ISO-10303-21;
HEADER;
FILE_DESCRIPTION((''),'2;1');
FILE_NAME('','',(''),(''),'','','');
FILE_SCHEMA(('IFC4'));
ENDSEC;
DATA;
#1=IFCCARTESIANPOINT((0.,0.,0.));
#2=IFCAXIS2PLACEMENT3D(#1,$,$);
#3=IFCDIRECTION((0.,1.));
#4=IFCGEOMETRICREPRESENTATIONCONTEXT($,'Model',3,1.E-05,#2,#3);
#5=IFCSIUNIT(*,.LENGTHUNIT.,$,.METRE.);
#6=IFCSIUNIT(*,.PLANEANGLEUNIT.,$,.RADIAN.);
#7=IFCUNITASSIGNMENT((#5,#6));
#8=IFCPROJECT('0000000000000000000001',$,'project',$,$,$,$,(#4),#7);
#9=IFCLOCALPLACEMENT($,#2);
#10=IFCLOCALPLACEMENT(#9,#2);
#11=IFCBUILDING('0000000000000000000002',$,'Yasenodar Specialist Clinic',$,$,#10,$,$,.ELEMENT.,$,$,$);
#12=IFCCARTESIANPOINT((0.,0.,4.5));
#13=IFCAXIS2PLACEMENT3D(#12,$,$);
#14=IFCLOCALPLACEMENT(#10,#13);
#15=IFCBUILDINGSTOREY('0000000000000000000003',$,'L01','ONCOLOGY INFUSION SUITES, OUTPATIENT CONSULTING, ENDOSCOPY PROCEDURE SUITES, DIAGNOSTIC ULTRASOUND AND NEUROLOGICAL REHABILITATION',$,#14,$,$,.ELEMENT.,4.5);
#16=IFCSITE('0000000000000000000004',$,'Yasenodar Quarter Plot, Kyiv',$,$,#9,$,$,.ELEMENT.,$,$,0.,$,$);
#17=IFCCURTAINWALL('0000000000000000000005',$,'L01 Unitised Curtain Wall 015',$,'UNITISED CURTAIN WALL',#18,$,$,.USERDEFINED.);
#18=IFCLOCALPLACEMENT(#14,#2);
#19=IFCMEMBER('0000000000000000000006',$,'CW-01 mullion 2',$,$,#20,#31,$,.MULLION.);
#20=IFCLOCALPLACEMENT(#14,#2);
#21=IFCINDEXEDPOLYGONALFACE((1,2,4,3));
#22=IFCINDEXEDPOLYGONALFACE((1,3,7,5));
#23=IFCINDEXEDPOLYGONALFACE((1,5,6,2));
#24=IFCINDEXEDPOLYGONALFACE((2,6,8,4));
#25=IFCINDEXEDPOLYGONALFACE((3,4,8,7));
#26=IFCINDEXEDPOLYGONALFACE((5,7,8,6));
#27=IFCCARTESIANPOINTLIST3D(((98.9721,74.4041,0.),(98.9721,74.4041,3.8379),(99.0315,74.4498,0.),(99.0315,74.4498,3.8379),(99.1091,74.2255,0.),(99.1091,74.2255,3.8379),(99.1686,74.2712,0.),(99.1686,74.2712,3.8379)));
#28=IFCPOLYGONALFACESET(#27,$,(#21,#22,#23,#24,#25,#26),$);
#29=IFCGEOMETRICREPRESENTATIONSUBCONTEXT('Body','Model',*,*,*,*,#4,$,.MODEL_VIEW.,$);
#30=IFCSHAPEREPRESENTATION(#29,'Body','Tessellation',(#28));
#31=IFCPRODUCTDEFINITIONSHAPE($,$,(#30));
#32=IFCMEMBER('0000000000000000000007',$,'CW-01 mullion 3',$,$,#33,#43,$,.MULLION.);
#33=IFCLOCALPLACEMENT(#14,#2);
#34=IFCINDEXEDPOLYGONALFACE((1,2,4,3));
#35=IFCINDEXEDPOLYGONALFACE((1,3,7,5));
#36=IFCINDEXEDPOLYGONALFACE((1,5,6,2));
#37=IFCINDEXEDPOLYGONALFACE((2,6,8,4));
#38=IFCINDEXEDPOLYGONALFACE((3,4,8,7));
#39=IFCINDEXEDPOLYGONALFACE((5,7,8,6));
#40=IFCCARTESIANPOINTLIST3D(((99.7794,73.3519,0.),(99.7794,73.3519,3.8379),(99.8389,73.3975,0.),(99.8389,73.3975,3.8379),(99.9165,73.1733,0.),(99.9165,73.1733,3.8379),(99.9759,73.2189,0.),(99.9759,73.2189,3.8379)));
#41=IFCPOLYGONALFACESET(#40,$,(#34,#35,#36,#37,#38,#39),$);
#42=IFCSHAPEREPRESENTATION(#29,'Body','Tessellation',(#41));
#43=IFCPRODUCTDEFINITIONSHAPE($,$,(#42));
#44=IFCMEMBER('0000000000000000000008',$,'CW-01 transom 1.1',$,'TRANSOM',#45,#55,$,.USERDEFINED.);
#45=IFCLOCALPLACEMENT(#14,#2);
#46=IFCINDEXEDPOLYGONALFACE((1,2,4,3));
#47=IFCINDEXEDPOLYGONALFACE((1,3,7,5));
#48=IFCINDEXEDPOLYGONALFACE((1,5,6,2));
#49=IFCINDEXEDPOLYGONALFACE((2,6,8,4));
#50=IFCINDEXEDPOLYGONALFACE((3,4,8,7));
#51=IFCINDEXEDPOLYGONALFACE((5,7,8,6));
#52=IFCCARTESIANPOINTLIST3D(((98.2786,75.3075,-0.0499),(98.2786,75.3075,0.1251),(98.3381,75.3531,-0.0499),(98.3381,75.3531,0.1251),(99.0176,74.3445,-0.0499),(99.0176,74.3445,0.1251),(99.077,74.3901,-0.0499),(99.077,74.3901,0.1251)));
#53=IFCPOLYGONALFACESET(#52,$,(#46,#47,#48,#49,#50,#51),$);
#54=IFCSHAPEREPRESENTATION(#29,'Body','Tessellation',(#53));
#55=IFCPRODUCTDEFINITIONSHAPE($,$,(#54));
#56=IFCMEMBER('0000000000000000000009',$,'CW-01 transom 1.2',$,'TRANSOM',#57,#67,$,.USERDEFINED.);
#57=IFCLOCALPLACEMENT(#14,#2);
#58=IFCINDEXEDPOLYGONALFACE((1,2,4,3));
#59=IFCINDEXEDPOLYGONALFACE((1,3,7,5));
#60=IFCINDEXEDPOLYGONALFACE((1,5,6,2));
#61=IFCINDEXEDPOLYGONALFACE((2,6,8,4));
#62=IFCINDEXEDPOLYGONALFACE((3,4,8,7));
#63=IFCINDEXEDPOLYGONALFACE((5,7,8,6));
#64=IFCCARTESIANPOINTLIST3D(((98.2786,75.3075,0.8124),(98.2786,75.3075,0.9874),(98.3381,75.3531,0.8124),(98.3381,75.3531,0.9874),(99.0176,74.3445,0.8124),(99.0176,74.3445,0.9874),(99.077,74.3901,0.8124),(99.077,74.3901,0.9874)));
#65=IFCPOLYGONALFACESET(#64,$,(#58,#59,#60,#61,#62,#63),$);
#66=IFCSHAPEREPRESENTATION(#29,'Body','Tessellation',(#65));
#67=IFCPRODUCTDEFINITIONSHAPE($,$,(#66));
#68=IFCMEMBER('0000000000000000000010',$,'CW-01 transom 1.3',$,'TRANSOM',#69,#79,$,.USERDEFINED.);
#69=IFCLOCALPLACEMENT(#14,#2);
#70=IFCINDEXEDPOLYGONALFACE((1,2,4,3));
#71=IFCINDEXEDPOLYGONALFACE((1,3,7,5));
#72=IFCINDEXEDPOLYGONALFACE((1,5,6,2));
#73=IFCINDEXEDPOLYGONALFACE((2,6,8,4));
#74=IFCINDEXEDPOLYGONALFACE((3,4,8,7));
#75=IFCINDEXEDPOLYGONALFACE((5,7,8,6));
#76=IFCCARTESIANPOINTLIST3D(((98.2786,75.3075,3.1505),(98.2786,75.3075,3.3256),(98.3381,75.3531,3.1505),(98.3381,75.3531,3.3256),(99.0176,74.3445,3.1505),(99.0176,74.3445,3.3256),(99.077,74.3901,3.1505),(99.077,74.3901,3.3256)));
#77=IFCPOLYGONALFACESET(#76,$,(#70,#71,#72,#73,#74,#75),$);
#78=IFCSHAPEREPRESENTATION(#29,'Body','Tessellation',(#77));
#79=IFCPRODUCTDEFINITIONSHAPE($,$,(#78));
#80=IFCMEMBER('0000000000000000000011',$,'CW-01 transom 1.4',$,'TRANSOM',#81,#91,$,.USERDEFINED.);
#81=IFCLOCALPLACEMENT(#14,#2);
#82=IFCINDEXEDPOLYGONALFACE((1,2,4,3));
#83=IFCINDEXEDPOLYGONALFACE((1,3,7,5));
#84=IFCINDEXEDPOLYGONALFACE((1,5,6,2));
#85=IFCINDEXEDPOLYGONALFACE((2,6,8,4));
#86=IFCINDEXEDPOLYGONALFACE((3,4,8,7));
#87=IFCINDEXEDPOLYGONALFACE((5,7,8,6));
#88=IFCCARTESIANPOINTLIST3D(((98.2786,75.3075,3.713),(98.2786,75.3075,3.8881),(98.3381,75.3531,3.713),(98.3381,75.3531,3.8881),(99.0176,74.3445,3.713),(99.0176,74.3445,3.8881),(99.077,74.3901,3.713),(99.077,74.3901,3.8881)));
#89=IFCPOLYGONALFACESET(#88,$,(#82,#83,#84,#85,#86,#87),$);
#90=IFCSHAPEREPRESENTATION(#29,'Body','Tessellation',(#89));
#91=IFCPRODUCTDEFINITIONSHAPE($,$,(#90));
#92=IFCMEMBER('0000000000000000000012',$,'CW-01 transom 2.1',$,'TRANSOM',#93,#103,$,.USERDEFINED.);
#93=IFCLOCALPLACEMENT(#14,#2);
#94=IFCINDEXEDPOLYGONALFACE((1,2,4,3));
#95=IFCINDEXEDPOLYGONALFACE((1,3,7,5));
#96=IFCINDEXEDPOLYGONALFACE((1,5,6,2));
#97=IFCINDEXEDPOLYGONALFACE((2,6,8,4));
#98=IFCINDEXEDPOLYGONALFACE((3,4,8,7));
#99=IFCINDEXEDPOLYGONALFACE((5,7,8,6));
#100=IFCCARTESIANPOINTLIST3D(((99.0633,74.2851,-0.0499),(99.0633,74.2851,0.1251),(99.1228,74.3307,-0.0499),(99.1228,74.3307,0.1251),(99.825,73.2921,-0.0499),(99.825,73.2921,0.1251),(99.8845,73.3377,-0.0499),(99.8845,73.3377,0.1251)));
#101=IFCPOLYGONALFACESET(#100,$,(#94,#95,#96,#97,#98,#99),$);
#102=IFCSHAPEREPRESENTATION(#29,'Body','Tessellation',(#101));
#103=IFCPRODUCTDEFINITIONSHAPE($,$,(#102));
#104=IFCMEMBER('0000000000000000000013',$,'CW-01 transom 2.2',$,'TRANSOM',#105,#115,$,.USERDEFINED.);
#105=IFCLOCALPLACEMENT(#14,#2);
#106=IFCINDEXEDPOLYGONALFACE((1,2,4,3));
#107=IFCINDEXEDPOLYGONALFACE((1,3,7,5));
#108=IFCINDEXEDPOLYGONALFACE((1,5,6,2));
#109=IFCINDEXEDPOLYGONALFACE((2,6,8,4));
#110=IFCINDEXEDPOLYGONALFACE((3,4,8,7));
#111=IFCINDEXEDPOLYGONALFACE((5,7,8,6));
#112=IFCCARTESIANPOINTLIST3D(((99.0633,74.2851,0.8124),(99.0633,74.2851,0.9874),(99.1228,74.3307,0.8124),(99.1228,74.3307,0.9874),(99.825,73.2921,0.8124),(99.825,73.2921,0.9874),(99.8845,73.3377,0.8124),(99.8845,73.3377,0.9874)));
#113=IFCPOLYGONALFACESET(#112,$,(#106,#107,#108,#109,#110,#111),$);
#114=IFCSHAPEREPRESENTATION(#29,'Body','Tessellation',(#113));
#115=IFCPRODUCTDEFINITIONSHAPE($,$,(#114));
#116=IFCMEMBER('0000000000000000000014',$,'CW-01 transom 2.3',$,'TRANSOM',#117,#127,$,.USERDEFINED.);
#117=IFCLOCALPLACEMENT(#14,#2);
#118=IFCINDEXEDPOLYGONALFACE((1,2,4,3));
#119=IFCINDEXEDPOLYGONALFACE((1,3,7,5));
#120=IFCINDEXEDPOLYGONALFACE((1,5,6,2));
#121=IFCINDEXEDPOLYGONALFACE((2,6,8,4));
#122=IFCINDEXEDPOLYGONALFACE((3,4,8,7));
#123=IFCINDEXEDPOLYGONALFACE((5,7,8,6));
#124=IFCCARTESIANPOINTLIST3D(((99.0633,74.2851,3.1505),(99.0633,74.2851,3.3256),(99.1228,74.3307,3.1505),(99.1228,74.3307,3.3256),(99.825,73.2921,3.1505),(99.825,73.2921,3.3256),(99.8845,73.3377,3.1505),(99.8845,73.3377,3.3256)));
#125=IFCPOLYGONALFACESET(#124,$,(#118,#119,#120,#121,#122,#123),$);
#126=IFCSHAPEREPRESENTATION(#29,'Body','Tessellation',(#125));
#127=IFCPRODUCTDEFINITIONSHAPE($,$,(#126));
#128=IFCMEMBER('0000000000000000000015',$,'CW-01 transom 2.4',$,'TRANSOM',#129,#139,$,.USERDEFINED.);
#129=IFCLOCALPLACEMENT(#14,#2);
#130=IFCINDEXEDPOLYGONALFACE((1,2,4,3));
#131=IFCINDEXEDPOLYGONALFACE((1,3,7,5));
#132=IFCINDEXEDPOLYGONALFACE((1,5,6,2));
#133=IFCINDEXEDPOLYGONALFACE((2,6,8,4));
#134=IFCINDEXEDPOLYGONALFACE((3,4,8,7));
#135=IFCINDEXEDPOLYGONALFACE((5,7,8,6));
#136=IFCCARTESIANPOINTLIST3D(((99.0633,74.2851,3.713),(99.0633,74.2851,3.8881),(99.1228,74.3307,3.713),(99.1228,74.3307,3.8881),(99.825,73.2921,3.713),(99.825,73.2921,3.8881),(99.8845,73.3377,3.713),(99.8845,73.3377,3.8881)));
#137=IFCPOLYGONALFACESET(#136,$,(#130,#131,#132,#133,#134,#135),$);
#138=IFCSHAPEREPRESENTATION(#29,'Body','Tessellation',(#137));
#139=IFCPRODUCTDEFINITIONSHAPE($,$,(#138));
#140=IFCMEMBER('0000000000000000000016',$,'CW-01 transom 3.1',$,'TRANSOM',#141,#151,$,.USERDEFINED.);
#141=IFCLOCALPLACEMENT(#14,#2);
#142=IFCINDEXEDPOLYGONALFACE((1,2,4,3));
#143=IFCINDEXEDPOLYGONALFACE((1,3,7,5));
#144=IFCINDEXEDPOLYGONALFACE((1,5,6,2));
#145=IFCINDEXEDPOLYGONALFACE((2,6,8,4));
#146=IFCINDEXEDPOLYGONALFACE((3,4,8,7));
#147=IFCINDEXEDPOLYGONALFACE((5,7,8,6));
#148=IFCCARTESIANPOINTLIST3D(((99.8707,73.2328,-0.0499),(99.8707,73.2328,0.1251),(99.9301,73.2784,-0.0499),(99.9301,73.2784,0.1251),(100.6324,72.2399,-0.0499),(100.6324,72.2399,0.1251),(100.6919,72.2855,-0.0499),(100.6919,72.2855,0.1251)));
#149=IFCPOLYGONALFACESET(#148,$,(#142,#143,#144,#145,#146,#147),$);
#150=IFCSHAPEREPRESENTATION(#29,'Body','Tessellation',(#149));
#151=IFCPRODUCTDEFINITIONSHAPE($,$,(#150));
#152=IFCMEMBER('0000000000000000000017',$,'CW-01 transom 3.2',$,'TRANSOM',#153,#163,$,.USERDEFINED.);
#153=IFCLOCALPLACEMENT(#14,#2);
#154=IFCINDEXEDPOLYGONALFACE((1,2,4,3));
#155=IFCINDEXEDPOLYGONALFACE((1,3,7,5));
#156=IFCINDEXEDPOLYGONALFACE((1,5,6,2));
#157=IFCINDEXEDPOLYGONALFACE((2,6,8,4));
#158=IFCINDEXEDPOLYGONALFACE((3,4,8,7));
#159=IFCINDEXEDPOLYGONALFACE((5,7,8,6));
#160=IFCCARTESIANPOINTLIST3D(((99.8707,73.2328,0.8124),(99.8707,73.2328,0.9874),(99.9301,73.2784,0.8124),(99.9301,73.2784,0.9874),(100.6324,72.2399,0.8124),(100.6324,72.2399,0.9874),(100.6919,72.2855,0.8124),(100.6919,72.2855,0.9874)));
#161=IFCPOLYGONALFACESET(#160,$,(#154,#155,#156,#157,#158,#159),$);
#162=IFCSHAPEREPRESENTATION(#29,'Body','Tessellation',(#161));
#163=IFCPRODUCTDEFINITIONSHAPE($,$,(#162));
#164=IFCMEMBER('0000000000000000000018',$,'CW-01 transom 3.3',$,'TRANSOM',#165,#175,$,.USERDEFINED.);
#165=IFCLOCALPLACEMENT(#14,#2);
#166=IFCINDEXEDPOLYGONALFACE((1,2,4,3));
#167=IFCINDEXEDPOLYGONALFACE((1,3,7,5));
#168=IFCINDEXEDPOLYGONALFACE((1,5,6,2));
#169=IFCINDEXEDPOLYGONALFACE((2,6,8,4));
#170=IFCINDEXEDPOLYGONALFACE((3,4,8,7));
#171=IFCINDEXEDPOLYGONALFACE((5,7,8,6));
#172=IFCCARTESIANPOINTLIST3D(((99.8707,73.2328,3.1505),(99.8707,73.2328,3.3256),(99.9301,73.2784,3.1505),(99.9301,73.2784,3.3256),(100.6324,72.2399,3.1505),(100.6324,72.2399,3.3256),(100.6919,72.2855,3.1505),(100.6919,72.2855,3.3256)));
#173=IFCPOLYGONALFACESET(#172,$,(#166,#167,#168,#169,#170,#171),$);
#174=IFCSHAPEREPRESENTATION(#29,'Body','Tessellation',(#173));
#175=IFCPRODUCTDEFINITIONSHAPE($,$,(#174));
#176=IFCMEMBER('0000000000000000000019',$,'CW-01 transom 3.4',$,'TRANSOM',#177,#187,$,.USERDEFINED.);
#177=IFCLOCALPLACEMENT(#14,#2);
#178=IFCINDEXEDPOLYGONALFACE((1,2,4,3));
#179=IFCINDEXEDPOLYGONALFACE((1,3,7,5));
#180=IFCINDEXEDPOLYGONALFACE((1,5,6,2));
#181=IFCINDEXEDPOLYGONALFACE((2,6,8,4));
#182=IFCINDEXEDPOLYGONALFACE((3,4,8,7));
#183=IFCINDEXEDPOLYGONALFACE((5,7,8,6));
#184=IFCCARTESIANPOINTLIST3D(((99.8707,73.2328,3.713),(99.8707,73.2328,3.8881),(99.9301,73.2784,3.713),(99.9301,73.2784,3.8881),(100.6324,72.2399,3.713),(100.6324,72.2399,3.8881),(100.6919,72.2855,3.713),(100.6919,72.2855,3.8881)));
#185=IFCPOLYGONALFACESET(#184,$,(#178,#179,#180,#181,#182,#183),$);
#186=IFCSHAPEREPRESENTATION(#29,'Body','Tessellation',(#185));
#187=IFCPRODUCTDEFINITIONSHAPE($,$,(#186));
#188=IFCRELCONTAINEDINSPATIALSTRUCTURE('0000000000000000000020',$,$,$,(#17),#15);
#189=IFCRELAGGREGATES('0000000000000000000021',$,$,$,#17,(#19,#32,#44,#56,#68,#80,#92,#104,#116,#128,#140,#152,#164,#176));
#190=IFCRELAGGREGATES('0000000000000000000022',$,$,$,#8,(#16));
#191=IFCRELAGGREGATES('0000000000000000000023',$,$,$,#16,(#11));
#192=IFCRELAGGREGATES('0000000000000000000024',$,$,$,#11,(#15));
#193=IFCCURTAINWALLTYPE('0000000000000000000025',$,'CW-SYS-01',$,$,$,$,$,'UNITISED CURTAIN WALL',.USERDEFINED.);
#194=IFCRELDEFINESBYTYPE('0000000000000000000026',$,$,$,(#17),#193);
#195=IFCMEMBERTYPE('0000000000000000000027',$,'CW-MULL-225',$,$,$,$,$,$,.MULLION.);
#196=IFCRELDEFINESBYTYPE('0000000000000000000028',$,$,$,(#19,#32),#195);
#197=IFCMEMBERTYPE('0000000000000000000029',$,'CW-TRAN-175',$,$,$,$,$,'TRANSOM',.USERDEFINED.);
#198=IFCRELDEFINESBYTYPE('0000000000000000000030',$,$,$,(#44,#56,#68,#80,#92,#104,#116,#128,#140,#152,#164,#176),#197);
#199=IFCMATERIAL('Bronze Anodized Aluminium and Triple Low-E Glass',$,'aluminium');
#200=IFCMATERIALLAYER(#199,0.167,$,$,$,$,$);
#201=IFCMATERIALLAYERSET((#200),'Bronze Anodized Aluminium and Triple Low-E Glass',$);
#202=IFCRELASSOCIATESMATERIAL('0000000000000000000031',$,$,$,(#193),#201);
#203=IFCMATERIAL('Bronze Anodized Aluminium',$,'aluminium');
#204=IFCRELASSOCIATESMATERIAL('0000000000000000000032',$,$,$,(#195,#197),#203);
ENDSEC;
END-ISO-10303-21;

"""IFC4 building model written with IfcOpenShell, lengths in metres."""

from ifc_helpers import new_model, si_unit, direction, frame, origin, origin_2d, place, context, subcontext, project, spatial, rectangle, extrude, material, layer, layer_set, material_profile, profile_set, type_object, element, aggregate, save


model = new_model("IFC4")

# Units and contexts
model_context = context("Model", 3, precision=1e-05, world=origin(), true_north=direction((0.0, 1.0)))
body_context = subcontext(model_context, "Body", "Model", "MODEL_VIEW")
ifc_project = project(units=[si_unit("LENGTHUNIT", "METRE"), si_unit("PLANEANGLEUNIT", "RADIAN")], contexts=[model_context])

# Site, building, storey
site_placement = place(None, origin())
site = spatial("IfcSite", under=ifc_project, at=site_placement, Name="Yasenodar Quarter Plot, Kyiv", CompositionType="ELEMENT", RefElevation=0.0)
building_placement = place(site_placement, origin())
building = spatial("IfcBuilding", under=site, at=building_placement, Name="Yasenodar Specialist Clinic", CompositionType="ELEMENT")
storey_placement = place(building_placement, frame((0.0, 0.0, 4.5)))
storey = spatial("IfcBuildingStorey", under=building, at=storey_placement, Name="L01", Description="ONCOLOGY INFUSION SUITES, OUTPATIENT CONSULTING, ENDOSCOPY PROCEDURE SUITES, DIAGNOSTIC ULTRASOUND AND NEUROLOGICAL REHABILITATION", CompositionType="ELEMENT", Elevation=4.5)

# Curtain wall, members
ifc_material_1 = material(Name="Bronze Anodized Aluminium and Triple Low-E Glass", Category="aluminium")
ifc_layer_1 = layer(ifc_material_1, 0.167)
ifc_layer_set_1 = layer_set([ifc_layer_1], Name="Bronze Anodized Aluminium and Triple Low-E Glass")
curtain_wall_type = type_object("IfcCurtainWallType", Name="CW-SYS-01", ElementType="UNITISED CURTAIN WALL", PredefinedType="USERDEFINED", material=ifc_layer_set_1)
curtain_wall_placement = place(storey_placement, origin())
curtain_wall = element("IfcCurtainWall", 1, at=curtain_wall_placement, inside=storey, type_object=curtain_wall_type, Name="L01 Unitised Curtain Wall 015", ObjectType="UNITISED CURTAIN WALL", PredefinedType="USERDEFINED")
ifc_material_2 = material(Name="Bronze Anodized Aluminium", Category="aluminium")
ifc_material_profile_1 = material_profile(ifc_material_2, rectangle(XDim=0.075, YDim=0.2251, at=origin_2d()), Name="CW-MULL 75x225")
ifc_profile_set_1 = profile_set([ifc_material_profile_1], Name="Bronze Anodized Aluminium")
member_type_1 = type_object("IfcMemberType", Name="CW-MULL-225", PredefinedType="MULLION", material=ifc_profile_set_1)
member_1_placement = place(storey_placement, frame((99.0703, 74.3376, 0.0), z_axis=(0.0, 0.0, 1.0), x_axis=(0.793361, 0.608752, 0.0)))
member_1 = element("IfcMember", 2, at=member_1_placement, type_object=member_type_1, Name="CW-01 mullion 2", PredefinedType="MULLION", context=body_context, shape_type="SweptSolid", body=[
    extrude(rectangle(XDim=0.075, YDim=0.2251, at=origin_2d()), origin(), (0.0, 0.0, 1.0), 3.8379),
])
member_2_placement = place(storey_placement, frame((99.8777, 73.2854, 0.0), z_axis=(0.0, 0.0, 1.0), x_axis=(0.793361, 0.608752, 0.0)))
member_2 = element("IfcMember", 3, at=member_2_placement, type_object=member_type_1, Name="CW-01 mullion 3", PredefinedType="MULLION", context=body_context, shape_type="SweptSolid", body=[
    extrude(rectangle(XDim=0.075, YDim=0.2251, at=origin_2d()), origin(), (0.0, 0.0, 1.0), 3.8379),
])
ifc_material_profile_2 = material_profile(ifc_material_2, rectangle(XDim=0.075, YDim=0.175, at=origin_2d()), Name="CW-TRAN 75x175")
ifc_profile_set_2 = profile_set([ifc_material_profile_2], Name="Bronze Anodized Aluminium")
member_type_2 = type_object("IfcMemberType", Name="CW-TRAN-175", ElementType="TRANSOM", PredefinedType="USERDEFINED", material=ifc_profile_set_2)
member_3_placement = place(storey_placement, frame((98.3083, 75.3303, 0.0376), z_axis=(0.608748, -0.793364, 0.0), x_axis=(0.793364, 0.608748, 0.0)))
member_3 = element("IfcMember", 4, at=member_3_placement, type_object=member_type_2, Name="CW-01 transom 1.1", ObjectType="TRANSOM", PredefinedType="USERDEFINED", context=body_context, shape_type="SweptSolid", body=[
    extrude(rectangle(XDim=0.075, YDim=0.175, at=origin_2d()), origin(), (0.0, 0.0, 1.0), 1.2139),
])
member_4_placement = place(storey_placement, frame((98.3083, 75.3303, 0.8999), z_axis=(0.608748, -0.793364, 0.0), x_axis=(0.793364, 0.608748, 0.0)))
member_4 = element("IfcMember", 5, at=member_4_placement, type_object=member_type_2, Name="CW-01 transom 1.2", ObjectType="TRANSOM", PredefinedType="USERDEFINED", context=body_context, shape_type="SweptSolid", body=[
    extrude(rectangle(XDim=0.075, YDim=0.175, at=origin_2d()), origin(), (0.0, 0.0, 1.0), 1.2139),
])
member_5_placement = place(storey_placement, frame((98.3083, 75.3303, 3.238), z_axis=(0.608748, -0.793364, 0.0), x_axis=(0.793364, 0.608748, 0.0)))
member_5 = element("IfcMember", 6, at=member_5_placement, type_object=member_type_2, Name="CW-01 transom 1.3", ObjectType="TRANSOM", PredefinedType="USERDEFINED", context=body_context, shape_type="SweptSolid", body=[
    extrude(rectangle(XDim=0.075, YDim=0.175, at=origin_2d()), origin(), (0.0, 0.0, 1.0), 1.2139),
])
member_6_placement = place(storey_placement, frame((98.3083, 75.3303, 3.8005), z_axis=(0.608748, -0.793364, 0.0), x_axis=(0.793364, 0.608748, 0.0)))
member_6 = element("IfcMember", 7, at=member_6_placement, type_object=member_type_2, Name="CW-01 transom 1.4", ObjectType="TRANSOM", PredefinedType="USERDEFINED", context=body_context, shape_type="SweptSolid", body=[
    extrude(rectangle(XDim=0.075, YDim=0.175, at=origin_2d()), origin(), (0.0, 0.0, 1.0), 1.2139),
])
member_7_placement = place(storey_placement, frame((99.093, 74.3079, 0.0376), z_axis=(0.608673, -0.793421, 0.0), x_axis=(0.793421, 0.608673, 0.0)))
member_7 = element("IfcMember", 8, at=member_7_placement, type_object=member_type_2, Name="CW-01 transom 2.1", ObjectType="TRANSOM", PredefinedType="USERDEFINED", context=body_context, shape_type="SweptSolid", body=[
    extrude(rectangle(XDim=0.075, YDim=0.175, at=origin_2d()), origin(), (0.0, 0.0, 1.0), 1.2515),
])
member_8_placement = place(storey_placement, frame((99.093, 74.3079, 0.8999), z_axis=(0.608673, -0.793421, 0.0), x_axis=(0.793421, 0.608673, 0.0)))
member_8 = element("IfcMember", 9, at=member_8_placement, type_object=member_type_2, Name="CW-01 transom 2.2", ObjectType="TRANSOM", PredefinedType="USERDEFINED", context=body_context, shape_type="SweptSolid", body=[
    extrude(rectangle(XDim=0.075, YDim=0.175, at=origin_2d()), origin(), (0.0, 0.0, 1.0), 1.2515),
])
member_9_placement = place(storey_placement, frame((99.093, 74.3079, 3.238), z_axis=(0.608673, -0.793421, 0.0), x_axis=(0.793421, 0.608673, 0.0)))
member_9 = element("IfcMember", 10, at=member_9_placement, type_object=member_type_2, Name="CW-01 transom 2.3", ObjectType="TRANSOM", PredefinedType="USERDEFINED", context=body_context, shape_type="SweptSolid", body=[
    extrude(rectangle(XDim=0.075, YDim=0.175, at=origin_2d()), origin(), (0.0, 0.0, 1.0), 1.2515),
])
member_10_placement = place(storey_placement, frame((99.093, 74.3079, 3.8005), z_axis=(0.608673, -0.793421, 0.0), x_axis=(0.793421, 0.608673, 0.0)))
member_10 = element("IfcMember", 11, at=member_10_placement, type_object=member_type_2, Name="CW-01 transom 2.4", ObjectType="TRANSOM", PredefinedType="USERDEFINED", context=body_context, shape_type="SweptSolid", body=[
    extrude(rectangle(XDim=0.075, YDim=0.175, at=origin_2d()), origin(), (0.0, 0.0, 1.0), 1.2515),
])
member_11_placement = place(storey_placement, frame((99.9004, 73.2556, 0.0376), z_axis=(0.608673, -0.793421, 0.0), x_axis=(0.793421, 0.608673, 0.0)))
member_11 = element("IfcMember", 12, at=member_11_placement, type_object=member_type_2, Name="CW-01 transom 3.1", ObjectType="TRANSOM", PredefinedType="USERDEFINED", context=body_context, shape_type="SweptSolid", body=[
    extrude(rectangle(XDim=0.075, YDim=0.175, at=origin_2d()), origin(), (0.0, 0.0, 1.0), 1.2515),
])
member_12_placement = place(storey_placement, frame((99.9004, 73.2556, 0.8999), z_axis=(0.608673, -0.793421, 0.0), x_axis=(0.793421, 0.608673, 0.0)))
member_12 = element("IfcMember", 13, at=member_12_placement, type_object=member_type_2, Name="CW-01 transom 3.2", ObjectType="TRANSOM", PredefinedType="USERDEFINED", context=body_context, shape_type="SweptSolid", body=[
    extrude(rectangle(XDim=0.075, YDim=0.175, at=origin_2d()), origin(), (0.0, 0.0, 1.0), 1.2515),
])
member_13_placement = place(storey_placement, frame((99.9004, 73.2556, 3.238), z_axis=(0.608673, -0.793421, 0.0), x_axis=(0.793421, 0.608673, 0.0)))
member_13 = element("IfcMember", 14, at=member_13_placement, type_object=member_type_2, Name="CW-01 transom 3.3", ObjectType="TRANSOM", PredefinedType="USERDEFINED", context=body_context, shape_type="SweptSolid", body=[
    extrude(rectangle(XDim=0.075, YDim=0.175, at=origin_2d()), origin(), (0.0, 0.0, 1.0), 1.2515),
])
member_14_placement = place(storey_placement, frame((99.9004, 73.2556, 3.8005), z_axis=(0.608673, -0.793421, 0.0), x_axis=(0.793421, 0.608673, 0.0)))
member_14 = element("IfcMember", 15, at=member_14_placement, type_object=member_type_2, Name="CW-01 transom 3.4", ObjectType="TRANSOM", PredefinedType="USERDEFINED", context=body_context, shape_type="SweptSolid", body=[
    extrude(rectangle(XDim=0.075, YDim=0.175, at=origin_2d()), origin(), (0.0, 0.0, 1.0), 1.2515),
])
aggregate(curtain_wall, [member_1, member_2, member_3, member_4, member_5, member_6, member_7, member_8, member_9, member_10, member_11, member_12, member_13, member_14])

save(model, "model.ifc")
